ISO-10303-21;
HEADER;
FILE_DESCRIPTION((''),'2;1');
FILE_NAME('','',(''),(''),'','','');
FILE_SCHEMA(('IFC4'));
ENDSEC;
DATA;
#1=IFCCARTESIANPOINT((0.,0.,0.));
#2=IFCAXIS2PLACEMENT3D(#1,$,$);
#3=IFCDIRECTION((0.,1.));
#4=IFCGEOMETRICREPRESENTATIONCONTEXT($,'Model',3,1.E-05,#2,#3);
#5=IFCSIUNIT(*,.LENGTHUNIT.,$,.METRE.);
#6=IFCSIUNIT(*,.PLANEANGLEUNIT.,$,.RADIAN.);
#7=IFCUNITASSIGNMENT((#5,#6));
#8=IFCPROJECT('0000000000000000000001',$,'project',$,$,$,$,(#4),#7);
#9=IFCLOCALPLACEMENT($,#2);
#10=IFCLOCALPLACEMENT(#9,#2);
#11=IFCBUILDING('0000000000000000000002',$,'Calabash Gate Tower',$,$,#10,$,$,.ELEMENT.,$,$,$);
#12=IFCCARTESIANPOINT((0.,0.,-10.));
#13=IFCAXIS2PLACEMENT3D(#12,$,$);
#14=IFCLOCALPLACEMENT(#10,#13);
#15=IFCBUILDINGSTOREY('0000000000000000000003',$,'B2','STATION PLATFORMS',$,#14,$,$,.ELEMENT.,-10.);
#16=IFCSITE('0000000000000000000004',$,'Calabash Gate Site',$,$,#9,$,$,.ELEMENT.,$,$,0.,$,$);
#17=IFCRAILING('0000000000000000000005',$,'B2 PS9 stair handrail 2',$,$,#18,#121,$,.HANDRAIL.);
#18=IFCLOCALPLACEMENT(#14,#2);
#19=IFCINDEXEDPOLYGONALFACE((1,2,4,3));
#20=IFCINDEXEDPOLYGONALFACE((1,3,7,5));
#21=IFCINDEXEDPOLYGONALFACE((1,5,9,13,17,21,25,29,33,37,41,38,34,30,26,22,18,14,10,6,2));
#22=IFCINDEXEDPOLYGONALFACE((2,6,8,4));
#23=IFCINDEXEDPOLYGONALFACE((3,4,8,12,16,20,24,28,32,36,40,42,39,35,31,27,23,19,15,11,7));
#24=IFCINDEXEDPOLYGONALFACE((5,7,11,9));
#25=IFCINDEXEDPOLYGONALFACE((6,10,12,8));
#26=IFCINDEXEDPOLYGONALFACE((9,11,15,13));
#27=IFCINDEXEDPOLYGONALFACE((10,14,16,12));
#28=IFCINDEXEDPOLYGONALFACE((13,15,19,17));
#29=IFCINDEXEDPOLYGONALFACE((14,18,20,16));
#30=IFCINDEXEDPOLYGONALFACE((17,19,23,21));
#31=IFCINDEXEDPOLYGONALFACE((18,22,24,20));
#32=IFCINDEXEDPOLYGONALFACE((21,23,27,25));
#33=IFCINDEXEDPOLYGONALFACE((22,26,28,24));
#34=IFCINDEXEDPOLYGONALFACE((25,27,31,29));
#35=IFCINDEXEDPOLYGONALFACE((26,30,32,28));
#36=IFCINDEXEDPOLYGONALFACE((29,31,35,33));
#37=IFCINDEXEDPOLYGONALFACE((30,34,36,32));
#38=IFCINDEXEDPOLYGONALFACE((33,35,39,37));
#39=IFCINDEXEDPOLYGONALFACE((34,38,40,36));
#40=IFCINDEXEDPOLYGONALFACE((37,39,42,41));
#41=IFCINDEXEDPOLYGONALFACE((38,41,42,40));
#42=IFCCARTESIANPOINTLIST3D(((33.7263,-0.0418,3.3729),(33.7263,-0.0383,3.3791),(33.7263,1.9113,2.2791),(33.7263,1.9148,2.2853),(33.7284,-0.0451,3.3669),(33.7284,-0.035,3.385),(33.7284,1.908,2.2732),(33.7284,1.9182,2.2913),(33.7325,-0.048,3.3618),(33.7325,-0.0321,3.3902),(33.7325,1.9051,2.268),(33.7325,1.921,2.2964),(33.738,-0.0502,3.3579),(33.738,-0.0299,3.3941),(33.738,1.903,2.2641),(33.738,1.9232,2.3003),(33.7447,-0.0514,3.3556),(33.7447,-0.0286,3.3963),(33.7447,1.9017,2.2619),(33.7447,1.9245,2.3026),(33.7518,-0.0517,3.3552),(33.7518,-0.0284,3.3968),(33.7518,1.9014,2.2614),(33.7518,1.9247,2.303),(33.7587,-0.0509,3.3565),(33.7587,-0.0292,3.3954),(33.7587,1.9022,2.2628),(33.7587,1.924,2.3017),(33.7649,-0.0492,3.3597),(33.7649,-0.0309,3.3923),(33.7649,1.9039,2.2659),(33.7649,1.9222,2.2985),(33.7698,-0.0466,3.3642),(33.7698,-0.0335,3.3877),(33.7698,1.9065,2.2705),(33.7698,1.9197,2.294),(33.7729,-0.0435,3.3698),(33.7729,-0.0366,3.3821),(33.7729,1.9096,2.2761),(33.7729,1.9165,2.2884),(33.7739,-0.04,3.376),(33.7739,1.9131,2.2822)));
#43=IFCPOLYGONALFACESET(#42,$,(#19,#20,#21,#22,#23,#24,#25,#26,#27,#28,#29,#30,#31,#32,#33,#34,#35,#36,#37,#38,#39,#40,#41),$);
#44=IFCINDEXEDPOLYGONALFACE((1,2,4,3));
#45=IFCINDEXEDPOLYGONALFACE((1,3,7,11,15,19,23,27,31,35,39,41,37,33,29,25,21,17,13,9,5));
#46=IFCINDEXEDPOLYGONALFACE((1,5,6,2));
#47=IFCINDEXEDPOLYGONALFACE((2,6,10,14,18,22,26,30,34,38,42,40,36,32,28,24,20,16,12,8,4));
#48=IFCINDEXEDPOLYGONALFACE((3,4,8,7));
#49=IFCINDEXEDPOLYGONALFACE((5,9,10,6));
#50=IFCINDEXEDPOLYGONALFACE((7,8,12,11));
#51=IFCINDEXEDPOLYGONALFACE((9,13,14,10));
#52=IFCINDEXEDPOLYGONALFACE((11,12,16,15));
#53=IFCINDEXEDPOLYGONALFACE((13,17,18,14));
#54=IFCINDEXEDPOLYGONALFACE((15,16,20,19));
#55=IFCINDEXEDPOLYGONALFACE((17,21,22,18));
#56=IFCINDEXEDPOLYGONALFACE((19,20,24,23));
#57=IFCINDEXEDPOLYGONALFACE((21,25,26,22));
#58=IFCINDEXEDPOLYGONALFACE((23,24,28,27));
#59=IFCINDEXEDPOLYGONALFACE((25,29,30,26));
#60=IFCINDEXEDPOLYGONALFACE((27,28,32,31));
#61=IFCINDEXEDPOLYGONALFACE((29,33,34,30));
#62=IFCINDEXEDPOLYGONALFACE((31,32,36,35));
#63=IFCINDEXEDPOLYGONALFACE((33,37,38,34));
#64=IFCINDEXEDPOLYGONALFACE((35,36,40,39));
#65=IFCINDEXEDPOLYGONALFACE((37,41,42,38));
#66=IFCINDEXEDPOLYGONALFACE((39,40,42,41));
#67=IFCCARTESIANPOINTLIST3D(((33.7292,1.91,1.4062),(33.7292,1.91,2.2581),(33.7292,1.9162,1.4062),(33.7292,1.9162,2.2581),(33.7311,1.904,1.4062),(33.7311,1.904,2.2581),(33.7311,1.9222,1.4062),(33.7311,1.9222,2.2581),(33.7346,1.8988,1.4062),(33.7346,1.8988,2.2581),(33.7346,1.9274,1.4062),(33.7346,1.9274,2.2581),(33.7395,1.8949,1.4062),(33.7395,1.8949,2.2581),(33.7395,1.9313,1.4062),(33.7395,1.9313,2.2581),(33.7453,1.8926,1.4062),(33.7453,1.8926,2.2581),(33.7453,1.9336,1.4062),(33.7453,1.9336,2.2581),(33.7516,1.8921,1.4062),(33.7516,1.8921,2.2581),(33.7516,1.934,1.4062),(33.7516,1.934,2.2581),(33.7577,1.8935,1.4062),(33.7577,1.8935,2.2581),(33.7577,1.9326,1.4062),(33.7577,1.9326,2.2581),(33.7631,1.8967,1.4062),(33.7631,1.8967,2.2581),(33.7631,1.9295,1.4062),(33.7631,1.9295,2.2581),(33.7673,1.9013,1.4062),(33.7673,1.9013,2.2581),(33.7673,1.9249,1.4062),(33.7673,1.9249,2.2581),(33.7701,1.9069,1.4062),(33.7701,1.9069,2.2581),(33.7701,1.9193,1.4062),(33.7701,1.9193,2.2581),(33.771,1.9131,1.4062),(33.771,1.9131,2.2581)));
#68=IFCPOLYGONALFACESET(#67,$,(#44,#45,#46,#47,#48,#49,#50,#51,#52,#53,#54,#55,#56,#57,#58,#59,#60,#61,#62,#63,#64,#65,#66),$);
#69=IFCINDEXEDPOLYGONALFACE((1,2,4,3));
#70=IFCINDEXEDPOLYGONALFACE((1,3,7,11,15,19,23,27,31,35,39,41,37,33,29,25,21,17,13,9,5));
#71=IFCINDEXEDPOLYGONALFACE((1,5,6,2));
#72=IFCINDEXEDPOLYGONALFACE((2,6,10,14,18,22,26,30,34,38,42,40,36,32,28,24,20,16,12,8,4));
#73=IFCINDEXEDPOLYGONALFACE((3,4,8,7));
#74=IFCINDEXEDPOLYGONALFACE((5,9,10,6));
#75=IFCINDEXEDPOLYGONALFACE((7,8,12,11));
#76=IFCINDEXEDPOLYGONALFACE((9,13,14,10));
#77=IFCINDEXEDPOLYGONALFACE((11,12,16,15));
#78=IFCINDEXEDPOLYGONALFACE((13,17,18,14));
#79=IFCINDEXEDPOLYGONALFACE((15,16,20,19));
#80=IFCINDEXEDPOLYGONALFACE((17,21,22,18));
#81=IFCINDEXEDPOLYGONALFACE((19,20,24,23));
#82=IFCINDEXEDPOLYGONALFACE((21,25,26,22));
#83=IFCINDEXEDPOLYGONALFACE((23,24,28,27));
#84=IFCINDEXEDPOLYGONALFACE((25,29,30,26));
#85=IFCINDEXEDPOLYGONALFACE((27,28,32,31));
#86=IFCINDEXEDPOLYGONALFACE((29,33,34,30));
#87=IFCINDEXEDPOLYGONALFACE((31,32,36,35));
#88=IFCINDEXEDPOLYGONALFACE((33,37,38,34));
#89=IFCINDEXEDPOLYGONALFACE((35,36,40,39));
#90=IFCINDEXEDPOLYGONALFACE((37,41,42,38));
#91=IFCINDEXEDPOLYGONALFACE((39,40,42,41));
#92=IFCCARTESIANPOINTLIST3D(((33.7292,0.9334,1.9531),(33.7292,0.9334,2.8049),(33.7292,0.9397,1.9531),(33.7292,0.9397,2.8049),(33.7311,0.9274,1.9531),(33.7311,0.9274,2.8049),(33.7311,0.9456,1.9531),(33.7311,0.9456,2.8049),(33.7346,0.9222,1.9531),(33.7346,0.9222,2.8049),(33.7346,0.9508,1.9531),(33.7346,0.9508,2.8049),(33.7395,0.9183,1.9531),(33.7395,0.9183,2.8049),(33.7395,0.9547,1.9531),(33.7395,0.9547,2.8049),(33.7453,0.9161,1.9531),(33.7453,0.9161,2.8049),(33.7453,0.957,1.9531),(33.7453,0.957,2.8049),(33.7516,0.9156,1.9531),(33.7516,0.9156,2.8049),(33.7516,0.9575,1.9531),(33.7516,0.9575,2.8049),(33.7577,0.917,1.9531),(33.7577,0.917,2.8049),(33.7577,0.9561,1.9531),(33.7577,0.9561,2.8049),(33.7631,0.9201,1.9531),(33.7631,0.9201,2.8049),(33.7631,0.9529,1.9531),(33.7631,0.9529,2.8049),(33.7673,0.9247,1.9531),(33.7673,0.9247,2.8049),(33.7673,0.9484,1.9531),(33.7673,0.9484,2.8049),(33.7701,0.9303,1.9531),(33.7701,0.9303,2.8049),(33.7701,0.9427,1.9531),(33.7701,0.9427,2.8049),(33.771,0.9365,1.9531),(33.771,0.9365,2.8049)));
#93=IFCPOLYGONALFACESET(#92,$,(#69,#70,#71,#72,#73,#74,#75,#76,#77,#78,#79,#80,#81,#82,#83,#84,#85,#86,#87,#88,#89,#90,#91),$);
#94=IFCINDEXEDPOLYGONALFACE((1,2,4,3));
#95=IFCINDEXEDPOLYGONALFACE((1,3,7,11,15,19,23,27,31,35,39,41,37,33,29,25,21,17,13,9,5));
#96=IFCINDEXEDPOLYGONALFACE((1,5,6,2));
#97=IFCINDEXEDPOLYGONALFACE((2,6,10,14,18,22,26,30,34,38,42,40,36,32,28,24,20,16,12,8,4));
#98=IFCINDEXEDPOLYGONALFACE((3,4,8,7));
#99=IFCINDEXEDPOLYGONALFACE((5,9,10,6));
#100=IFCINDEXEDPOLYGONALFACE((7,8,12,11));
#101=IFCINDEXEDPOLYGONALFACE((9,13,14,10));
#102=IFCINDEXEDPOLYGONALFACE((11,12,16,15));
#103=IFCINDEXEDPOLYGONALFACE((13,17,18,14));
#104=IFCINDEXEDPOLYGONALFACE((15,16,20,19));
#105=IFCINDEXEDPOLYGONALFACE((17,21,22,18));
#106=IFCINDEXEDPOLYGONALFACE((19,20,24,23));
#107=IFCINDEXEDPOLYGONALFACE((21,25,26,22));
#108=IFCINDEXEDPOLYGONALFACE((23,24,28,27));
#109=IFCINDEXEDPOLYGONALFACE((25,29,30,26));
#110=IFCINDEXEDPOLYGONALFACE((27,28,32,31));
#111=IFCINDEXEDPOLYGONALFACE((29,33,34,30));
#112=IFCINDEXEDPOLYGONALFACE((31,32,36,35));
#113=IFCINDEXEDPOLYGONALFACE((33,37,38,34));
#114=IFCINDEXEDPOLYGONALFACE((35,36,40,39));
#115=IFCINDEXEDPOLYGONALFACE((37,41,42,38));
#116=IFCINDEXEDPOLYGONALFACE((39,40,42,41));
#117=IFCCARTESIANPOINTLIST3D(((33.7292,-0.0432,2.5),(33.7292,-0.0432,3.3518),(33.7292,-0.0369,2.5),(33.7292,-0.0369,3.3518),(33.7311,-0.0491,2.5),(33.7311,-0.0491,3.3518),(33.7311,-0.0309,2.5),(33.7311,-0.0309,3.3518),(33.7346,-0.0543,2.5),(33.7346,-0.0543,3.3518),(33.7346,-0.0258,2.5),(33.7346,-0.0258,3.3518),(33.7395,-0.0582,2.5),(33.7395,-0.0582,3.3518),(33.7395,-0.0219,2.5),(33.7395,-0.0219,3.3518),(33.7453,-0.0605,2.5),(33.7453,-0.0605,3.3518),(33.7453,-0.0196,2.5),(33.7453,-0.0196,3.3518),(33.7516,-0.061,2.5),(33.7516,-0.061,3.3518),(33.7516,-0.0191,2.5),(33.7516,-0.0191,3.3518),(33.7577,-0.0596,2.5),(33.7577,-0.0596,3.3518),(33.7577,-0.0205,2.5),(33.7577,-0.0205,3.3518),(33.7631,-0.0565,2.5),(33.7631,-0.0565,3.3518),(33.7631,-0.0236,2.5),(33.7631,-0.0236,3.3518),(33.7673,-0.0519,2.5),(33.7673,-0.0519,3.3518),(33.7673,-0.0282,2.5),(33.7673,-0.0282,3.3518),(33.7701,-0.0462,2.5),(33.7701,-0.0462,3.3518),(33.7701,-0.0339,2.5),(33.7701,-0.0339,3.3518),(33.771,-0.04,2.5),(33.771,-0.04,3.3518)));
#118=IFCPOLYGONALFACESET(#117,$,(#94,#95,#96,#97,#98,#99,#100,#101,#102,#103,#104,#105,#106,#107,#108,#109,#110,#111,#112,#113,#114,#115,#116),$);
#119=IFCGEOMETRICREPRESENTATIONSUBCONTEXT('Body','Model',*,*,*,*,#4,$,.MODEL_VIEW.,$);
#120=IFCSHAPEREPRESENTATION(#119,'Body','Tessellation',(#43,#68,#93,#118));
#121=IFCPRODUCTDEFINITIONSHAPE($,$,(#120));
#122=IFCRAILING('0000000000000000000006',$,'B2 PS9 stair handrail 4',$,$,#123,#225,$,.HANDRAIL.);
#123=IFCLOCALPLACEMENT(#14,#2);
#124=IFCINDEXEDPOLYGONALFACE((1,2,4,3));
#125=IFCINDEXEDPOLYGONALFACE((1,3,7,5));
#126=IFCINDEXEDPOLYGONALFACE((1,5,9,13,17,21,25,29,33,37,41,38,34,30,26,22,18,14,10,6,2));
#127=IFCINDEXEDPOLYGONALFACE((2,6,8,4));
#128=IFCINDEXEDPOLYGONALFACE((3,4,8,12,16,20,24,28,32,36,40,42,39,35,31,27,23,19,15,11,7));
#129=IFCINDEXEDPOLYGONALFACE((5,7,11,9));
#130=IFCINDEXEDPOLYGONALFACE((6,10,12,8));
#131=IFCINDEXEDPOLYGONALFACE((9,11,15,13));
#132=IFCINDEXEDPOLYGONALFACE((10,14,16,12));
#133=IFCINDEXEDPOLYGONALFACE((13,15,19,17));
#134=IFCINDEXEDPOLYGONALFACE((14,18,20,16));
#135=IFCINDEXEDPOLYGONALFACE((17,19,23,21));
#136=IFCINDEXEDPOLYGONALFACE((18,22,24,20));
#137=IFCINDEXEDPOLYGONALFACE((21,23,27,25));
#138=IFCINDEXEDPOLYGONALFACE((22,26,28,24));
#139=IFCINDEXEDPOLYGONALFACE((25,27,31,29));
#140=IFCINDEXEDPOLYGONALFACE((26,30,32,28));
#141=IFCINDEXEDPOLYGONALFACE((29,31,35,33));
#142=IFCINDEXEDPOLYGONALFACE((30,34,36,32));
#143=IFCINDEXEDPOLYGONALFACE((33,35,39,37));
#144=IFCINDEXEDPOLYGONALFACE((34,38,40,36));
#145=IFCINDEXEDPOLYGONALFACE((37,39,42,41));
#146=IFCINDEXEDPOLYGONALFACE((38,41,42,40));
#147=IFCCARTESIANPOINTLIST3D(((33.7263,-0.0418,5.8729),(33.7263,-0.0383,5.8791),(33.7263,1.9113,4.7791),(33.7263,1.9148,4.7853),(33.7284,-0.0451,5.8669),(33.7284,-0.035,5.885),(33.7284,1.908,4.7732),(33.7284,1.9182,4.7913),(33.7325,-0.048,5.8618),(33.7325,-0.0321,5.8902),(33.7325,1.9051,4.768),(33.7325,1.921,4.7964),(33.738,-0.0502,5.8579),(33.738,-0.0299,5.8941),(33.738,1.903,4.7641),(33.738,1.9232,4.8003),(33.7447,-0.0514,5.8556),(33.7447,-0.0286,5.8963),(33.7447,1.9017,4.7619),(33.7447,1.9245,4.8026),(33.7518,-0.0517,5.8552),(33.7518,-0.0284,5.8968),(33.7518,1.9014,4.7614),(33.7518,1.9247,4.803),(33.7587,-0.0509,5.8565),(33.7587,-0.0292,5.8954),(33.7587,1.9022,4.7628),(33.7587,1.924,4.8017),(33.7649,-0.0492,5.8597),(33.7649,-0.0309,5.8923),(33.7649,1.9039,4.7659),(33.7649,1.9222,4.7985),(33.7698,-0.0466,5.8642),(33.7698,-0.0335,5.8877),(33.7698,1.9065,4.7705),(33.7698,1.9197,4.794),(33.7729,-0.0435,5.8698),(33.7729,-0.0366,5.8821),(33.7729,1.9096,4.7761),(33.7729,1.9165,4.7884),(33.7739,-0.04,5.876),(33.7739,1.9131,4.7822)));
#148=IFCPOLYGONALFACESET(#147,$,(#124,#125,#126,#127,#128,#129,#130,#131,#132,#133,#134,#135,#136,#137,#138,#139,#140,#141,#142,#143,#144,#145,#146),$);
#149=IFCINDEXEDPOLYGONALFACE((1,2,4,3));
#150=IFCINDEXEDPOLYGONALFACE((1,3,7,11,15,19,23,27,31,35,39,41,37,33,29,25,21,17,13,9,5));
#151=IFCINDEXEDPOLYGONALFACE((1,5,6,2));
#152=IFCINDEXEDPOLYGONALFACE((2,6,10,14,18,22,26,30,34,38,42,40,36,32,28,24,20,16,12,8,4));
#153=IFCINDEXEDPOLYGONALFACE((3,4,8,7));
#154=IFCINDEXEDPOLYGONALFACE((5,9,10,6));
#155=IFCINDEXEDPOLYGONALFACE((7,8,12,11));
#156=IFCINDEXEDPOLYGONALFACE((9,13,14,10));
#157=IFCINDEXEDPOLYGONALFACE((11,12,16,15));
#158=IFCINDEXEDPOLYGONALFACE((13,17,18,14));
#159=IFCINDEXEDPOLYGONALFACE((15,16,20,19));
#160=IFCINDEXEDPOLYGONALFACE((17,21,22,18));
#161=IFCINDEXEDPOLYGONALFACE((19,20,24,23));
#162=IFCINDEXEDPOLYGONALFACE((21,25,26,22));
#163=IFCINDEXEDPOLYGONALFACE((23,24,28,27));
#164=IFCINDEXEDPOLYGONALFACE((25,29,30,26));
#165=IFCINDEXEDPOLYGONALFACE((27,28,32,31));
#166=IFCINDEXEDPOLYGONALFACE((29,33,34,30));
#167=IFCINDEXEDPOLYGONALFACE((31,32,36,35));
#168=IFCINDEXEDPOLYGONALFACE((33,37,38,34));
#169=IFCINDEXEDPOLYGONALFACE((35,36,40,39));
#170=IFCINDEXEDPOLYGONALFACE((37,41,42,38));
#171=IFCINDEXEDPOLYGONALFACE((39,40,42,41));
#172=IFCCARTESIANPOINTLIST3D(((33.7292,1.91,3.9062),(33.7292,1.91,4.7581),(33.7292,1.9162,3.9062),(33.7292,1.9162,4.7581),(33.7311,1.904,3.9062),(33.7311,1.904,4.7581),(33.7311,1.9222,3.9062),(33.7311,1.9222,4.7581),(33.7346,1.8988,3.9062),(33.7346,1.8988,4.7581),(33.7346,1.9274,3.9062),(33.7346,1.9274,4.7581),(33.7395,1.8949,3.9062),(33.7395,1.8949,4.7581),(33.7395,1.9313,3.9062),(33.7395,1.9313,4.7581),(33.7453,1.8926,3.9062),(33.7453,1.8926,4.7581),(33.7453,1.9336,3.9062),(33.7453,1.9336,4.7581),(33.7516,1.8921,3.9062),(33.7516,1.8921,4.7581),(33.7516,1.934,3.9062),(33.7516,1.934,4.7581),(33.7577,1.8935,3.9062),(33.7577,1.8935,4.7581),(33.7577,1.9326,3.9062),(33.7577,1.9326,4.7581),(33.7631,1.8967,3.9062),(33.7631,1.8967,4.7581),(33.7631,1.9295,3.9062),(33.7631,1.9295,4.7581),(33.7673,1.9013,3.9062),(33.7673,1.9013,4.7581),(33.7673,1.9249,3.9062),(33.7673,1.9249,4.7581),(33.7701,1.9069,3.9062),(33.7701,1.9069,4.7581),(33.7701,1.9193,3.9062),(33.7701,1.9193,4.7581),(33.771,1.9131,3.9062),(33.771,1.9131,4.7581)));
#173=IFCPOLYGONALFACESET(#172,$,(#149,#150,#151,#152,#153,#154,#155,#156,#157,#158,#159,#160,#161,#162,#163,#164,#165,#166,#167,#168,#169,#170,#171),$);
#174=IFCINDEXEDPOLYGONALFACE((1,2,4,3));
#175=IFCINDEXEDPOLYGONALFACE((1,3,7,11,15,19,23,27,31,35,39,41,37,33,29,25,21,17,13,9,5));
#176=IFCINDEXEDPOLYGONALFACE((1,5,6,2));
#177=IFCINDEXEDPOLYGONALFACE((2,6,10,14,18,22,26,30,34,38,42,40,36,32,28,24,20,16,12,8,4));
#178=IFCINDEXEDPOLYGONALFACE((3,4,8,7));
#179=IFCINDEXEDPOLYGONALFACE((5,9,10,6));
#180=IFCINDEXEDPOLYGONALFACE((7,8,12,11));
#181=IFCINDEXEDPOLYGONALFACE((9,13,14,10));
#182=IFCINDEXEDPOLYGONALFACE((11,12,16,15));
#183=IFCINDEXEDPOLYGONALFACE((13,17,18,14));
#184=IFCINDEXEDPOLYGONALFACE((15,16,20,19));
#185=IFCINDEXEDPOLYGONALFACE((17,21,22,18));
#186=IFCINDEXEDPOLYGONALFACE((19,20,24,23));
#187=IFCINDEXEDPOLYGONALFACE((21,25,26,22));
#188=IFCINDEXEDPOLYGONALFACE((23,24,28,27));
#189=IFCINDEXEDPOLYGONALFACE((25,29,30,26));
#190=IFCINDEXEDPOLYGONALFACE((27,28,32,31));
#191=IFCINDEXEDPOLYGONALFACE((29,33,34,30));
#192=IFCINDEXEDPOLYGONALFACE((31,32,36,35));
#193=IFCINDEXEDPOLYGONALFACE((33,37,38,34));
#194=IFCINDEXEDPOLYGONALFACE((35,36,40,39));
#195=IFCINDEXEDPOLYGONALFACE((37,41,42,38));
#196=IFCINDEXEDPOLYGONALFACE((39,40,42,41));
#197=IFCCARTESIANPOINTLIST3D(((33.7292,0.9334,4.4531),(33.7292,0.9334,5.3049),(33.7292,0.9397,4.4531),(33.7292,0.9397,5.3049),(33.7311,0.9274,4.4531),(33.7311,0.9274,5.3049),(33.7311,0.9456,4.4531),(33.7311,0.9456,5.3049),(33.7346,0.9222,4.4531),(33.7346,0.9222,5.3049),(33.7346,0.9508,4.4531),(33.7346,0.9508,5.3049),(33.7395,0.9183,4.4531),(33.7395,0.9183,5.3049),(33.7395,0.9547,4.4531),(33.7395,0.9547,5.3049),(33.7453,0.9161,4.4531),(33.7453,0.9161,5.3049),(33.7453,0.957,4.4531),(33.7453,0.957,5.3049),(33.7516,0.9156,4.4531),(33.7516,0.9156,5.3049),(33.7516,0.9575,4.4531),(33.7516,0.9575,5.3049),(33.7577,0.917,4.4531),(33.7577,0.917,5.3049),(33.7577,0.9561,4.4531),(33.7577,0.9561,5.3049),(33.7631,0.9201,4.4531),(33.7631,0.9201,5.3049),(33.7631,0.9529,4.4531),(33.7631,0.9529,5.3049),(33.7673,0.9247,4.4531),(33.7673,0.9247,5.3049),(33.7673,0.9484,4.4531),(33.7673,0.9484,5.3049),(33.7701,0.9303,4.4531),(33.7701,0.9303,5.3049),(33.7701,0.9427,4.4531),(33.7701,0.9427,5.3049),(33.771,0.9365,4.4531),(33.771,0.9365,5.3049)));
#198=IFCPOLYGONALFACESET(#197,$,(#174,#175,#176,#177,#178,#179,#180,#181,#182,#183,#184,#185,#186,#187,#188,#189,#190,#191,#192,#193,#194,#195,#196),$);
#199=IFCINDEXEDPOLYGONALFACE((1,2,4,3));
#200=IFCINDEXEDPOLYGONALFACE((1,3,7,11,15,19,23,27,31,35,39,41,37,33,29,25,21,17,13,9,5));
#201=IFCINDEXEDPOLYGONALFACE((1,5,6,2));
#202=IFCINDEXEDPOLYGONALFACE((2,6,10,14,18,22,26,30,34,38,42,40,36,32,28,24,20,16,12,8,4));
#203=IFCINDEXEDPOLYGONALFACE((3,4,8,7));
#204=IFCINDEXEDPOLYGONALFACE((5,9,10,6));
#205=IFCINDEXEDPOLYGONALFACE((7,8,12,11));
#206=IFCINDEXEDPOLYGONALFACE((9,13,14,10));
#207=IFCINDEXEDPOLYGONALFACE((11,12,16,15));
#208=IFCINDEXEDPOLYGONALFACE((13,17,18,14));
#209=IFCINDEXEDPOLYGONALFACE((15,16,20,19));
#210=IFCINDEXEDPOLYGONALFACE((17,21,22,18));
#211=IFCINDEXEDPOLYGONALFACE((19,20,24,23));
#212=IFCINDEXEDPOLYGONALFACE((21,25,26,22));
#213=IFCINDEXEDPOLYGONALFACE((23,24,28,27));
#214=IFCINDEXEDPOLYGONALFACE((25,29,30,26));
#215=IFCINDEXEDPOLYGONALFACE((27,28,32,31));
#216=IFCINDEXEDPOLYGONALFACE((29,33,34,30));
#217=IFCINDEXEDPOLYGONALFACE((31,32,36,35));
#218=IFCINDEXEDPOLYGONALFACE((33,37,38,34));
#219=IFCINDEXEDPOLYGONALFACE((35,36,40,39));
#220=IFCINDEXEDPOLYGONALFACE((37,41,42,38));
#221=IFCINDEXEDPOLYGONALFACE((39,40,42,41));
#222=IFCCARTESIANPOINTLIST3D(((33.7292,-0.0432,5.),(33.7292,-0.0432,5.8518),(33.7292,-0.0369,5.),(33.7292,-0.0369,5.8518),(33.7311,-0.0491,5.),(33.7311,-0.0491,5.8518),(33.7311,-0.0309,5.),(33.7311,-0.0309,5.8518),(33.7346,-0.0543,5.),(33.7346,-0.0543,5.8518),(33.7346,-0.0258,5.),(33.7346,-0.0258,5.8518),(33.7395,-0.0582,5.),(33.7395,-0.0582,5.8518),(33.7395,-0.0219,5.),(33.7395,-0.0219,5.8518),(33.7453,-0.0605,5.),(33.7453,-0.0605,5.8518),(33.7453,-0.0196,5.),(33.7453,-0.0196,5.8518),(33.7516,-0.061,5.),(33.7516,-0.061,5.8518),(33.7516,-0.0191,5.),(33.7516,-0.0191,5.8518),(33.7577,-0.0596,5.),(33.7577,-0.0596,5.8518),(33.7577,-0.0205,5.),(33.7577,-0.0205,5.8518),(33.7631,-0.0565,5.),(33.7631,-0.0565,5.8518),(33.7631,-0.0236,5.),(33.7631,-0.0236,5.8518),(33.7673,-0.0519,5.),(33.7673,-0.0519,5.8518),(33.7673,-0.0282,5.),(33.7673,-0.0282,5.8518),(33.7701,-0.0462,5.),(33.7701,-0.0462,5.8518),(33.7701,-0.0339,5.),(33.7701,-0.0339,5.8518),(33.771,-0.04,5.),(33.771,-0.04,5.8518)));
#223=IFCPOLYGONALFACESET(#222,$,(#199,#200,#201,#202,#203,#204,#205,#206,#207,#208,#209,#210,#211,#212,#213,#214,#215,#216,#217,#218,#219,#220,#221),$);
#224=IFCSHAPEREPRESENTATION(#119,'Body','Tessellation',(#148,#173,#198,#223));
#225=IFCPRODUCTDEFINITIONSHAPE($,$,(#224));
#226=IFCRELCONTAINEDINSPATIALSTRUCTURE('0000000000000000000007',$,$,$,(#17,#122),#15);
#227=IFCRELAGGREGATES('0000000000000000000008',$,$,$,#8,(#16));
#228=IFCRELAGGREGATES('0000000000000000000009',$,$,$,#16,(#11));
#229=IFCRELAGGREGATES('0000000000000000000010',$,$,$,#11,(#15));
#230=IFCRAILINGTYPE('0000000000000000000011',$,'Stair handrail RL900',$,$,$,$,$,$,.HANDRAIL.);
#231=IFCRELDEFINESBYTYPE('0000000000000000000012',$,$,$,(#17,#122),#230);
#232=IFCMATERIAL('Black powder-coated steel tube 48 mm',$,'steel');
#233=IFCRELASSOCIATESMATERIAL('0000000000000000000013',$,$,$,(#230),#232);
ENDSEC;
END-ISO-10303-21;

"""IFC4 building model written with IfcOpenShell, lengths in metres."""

from ifc_helpers import new_model, si_unit, direction, frame, origin, origin_2d, place, context, subcontext, project, spatial, circle, extrude, material, type_object, element, save


model = new_model("IFC4")

# Units and contexts
model_context = context("Model", 3, precision=1e-05, world=origin(), true_north=direction((0.0, 1.0)))
body_context = subcontext(model_context, "Body", "Model", "MODEL_VIEW")
ifc_project = project(units=[si_unit("LENGTHUNIT", "METRE"), si_unit("PLANEANGLEUNIT", "RADIAN")], contexts=[model_context])

# Site, building, storey
site_placement = place(None, origin())
site = spatial("IfcSite", under=ifc_project, at=site_placement, Name="Calabash Gate Site", CompositionType="ELEMENT", RefElevation=0.0)
building_placement = place(site_placement, origin())
building = spatial("IfcBuilding", under=site, at=building_placement, Name="Calabash Gate Tower", CompositionType="ELEMENT")
storey_placement = place(building_placement, frame((0.0, 0.0, -10.0)))
storey = spatial("IfcBuildingStorey", under=building, at=storey_placement, Name="B2", Description="STATION PLATFORMS", CompositionType="ELEMENT", Elevation=-10.0)

# Railings
ifc_material_1 = material(Name="Black powder-coated steel tube 48 mm", Category="steel")
railing_type = type_object("IfcRailingType", Name="Stair handrail RL900", PredefinedType="HANDRAIL", material=ifc_material_1)
for number, where, name in (
    (1, (33.75, 1.9131, 1.4062), "B2 PS9 stair handrail 2"),
    (2, (33.75, 1.9131, 3.9062), "B2 PS9 stair handrail 4"),
):
    element("IfcRailing", number, at=place(storey_placement, frame(where)), inside=storey, type_object=railing_type, Name=name, PredefinedType="HANDRAIL", context=body_context, shape_type="SweptSolid", body=[
        extrude(circle(Radius=0.0239, at=origin_2d()), frame((0.0, 0.0, 0.876), z_axis=(0.0, -0.872506, 0.488603), x_axis=(1.0, 0.0, 0.0)), (0.0, 0.0, 1.0), 2.2385),
        extrude(circle(Radius=0.021, at=origin_2d()), origin(), (0.0, 0.0, 1.0), 0.8518),
        extrude(circle(Radius=0.021, at=origin_2d()), frame((0.0, -0.9766, 0.5469)), (0.0, 0.0, 1.0), 0.8518),
        extrude(circle(Radius=0.021, at=origin_2d()), frame((0.0, -1.9531, 1.0938)), (0.0, 0.0, 1.0), 0.8518),
    ])

save(model, "model.ifc")
